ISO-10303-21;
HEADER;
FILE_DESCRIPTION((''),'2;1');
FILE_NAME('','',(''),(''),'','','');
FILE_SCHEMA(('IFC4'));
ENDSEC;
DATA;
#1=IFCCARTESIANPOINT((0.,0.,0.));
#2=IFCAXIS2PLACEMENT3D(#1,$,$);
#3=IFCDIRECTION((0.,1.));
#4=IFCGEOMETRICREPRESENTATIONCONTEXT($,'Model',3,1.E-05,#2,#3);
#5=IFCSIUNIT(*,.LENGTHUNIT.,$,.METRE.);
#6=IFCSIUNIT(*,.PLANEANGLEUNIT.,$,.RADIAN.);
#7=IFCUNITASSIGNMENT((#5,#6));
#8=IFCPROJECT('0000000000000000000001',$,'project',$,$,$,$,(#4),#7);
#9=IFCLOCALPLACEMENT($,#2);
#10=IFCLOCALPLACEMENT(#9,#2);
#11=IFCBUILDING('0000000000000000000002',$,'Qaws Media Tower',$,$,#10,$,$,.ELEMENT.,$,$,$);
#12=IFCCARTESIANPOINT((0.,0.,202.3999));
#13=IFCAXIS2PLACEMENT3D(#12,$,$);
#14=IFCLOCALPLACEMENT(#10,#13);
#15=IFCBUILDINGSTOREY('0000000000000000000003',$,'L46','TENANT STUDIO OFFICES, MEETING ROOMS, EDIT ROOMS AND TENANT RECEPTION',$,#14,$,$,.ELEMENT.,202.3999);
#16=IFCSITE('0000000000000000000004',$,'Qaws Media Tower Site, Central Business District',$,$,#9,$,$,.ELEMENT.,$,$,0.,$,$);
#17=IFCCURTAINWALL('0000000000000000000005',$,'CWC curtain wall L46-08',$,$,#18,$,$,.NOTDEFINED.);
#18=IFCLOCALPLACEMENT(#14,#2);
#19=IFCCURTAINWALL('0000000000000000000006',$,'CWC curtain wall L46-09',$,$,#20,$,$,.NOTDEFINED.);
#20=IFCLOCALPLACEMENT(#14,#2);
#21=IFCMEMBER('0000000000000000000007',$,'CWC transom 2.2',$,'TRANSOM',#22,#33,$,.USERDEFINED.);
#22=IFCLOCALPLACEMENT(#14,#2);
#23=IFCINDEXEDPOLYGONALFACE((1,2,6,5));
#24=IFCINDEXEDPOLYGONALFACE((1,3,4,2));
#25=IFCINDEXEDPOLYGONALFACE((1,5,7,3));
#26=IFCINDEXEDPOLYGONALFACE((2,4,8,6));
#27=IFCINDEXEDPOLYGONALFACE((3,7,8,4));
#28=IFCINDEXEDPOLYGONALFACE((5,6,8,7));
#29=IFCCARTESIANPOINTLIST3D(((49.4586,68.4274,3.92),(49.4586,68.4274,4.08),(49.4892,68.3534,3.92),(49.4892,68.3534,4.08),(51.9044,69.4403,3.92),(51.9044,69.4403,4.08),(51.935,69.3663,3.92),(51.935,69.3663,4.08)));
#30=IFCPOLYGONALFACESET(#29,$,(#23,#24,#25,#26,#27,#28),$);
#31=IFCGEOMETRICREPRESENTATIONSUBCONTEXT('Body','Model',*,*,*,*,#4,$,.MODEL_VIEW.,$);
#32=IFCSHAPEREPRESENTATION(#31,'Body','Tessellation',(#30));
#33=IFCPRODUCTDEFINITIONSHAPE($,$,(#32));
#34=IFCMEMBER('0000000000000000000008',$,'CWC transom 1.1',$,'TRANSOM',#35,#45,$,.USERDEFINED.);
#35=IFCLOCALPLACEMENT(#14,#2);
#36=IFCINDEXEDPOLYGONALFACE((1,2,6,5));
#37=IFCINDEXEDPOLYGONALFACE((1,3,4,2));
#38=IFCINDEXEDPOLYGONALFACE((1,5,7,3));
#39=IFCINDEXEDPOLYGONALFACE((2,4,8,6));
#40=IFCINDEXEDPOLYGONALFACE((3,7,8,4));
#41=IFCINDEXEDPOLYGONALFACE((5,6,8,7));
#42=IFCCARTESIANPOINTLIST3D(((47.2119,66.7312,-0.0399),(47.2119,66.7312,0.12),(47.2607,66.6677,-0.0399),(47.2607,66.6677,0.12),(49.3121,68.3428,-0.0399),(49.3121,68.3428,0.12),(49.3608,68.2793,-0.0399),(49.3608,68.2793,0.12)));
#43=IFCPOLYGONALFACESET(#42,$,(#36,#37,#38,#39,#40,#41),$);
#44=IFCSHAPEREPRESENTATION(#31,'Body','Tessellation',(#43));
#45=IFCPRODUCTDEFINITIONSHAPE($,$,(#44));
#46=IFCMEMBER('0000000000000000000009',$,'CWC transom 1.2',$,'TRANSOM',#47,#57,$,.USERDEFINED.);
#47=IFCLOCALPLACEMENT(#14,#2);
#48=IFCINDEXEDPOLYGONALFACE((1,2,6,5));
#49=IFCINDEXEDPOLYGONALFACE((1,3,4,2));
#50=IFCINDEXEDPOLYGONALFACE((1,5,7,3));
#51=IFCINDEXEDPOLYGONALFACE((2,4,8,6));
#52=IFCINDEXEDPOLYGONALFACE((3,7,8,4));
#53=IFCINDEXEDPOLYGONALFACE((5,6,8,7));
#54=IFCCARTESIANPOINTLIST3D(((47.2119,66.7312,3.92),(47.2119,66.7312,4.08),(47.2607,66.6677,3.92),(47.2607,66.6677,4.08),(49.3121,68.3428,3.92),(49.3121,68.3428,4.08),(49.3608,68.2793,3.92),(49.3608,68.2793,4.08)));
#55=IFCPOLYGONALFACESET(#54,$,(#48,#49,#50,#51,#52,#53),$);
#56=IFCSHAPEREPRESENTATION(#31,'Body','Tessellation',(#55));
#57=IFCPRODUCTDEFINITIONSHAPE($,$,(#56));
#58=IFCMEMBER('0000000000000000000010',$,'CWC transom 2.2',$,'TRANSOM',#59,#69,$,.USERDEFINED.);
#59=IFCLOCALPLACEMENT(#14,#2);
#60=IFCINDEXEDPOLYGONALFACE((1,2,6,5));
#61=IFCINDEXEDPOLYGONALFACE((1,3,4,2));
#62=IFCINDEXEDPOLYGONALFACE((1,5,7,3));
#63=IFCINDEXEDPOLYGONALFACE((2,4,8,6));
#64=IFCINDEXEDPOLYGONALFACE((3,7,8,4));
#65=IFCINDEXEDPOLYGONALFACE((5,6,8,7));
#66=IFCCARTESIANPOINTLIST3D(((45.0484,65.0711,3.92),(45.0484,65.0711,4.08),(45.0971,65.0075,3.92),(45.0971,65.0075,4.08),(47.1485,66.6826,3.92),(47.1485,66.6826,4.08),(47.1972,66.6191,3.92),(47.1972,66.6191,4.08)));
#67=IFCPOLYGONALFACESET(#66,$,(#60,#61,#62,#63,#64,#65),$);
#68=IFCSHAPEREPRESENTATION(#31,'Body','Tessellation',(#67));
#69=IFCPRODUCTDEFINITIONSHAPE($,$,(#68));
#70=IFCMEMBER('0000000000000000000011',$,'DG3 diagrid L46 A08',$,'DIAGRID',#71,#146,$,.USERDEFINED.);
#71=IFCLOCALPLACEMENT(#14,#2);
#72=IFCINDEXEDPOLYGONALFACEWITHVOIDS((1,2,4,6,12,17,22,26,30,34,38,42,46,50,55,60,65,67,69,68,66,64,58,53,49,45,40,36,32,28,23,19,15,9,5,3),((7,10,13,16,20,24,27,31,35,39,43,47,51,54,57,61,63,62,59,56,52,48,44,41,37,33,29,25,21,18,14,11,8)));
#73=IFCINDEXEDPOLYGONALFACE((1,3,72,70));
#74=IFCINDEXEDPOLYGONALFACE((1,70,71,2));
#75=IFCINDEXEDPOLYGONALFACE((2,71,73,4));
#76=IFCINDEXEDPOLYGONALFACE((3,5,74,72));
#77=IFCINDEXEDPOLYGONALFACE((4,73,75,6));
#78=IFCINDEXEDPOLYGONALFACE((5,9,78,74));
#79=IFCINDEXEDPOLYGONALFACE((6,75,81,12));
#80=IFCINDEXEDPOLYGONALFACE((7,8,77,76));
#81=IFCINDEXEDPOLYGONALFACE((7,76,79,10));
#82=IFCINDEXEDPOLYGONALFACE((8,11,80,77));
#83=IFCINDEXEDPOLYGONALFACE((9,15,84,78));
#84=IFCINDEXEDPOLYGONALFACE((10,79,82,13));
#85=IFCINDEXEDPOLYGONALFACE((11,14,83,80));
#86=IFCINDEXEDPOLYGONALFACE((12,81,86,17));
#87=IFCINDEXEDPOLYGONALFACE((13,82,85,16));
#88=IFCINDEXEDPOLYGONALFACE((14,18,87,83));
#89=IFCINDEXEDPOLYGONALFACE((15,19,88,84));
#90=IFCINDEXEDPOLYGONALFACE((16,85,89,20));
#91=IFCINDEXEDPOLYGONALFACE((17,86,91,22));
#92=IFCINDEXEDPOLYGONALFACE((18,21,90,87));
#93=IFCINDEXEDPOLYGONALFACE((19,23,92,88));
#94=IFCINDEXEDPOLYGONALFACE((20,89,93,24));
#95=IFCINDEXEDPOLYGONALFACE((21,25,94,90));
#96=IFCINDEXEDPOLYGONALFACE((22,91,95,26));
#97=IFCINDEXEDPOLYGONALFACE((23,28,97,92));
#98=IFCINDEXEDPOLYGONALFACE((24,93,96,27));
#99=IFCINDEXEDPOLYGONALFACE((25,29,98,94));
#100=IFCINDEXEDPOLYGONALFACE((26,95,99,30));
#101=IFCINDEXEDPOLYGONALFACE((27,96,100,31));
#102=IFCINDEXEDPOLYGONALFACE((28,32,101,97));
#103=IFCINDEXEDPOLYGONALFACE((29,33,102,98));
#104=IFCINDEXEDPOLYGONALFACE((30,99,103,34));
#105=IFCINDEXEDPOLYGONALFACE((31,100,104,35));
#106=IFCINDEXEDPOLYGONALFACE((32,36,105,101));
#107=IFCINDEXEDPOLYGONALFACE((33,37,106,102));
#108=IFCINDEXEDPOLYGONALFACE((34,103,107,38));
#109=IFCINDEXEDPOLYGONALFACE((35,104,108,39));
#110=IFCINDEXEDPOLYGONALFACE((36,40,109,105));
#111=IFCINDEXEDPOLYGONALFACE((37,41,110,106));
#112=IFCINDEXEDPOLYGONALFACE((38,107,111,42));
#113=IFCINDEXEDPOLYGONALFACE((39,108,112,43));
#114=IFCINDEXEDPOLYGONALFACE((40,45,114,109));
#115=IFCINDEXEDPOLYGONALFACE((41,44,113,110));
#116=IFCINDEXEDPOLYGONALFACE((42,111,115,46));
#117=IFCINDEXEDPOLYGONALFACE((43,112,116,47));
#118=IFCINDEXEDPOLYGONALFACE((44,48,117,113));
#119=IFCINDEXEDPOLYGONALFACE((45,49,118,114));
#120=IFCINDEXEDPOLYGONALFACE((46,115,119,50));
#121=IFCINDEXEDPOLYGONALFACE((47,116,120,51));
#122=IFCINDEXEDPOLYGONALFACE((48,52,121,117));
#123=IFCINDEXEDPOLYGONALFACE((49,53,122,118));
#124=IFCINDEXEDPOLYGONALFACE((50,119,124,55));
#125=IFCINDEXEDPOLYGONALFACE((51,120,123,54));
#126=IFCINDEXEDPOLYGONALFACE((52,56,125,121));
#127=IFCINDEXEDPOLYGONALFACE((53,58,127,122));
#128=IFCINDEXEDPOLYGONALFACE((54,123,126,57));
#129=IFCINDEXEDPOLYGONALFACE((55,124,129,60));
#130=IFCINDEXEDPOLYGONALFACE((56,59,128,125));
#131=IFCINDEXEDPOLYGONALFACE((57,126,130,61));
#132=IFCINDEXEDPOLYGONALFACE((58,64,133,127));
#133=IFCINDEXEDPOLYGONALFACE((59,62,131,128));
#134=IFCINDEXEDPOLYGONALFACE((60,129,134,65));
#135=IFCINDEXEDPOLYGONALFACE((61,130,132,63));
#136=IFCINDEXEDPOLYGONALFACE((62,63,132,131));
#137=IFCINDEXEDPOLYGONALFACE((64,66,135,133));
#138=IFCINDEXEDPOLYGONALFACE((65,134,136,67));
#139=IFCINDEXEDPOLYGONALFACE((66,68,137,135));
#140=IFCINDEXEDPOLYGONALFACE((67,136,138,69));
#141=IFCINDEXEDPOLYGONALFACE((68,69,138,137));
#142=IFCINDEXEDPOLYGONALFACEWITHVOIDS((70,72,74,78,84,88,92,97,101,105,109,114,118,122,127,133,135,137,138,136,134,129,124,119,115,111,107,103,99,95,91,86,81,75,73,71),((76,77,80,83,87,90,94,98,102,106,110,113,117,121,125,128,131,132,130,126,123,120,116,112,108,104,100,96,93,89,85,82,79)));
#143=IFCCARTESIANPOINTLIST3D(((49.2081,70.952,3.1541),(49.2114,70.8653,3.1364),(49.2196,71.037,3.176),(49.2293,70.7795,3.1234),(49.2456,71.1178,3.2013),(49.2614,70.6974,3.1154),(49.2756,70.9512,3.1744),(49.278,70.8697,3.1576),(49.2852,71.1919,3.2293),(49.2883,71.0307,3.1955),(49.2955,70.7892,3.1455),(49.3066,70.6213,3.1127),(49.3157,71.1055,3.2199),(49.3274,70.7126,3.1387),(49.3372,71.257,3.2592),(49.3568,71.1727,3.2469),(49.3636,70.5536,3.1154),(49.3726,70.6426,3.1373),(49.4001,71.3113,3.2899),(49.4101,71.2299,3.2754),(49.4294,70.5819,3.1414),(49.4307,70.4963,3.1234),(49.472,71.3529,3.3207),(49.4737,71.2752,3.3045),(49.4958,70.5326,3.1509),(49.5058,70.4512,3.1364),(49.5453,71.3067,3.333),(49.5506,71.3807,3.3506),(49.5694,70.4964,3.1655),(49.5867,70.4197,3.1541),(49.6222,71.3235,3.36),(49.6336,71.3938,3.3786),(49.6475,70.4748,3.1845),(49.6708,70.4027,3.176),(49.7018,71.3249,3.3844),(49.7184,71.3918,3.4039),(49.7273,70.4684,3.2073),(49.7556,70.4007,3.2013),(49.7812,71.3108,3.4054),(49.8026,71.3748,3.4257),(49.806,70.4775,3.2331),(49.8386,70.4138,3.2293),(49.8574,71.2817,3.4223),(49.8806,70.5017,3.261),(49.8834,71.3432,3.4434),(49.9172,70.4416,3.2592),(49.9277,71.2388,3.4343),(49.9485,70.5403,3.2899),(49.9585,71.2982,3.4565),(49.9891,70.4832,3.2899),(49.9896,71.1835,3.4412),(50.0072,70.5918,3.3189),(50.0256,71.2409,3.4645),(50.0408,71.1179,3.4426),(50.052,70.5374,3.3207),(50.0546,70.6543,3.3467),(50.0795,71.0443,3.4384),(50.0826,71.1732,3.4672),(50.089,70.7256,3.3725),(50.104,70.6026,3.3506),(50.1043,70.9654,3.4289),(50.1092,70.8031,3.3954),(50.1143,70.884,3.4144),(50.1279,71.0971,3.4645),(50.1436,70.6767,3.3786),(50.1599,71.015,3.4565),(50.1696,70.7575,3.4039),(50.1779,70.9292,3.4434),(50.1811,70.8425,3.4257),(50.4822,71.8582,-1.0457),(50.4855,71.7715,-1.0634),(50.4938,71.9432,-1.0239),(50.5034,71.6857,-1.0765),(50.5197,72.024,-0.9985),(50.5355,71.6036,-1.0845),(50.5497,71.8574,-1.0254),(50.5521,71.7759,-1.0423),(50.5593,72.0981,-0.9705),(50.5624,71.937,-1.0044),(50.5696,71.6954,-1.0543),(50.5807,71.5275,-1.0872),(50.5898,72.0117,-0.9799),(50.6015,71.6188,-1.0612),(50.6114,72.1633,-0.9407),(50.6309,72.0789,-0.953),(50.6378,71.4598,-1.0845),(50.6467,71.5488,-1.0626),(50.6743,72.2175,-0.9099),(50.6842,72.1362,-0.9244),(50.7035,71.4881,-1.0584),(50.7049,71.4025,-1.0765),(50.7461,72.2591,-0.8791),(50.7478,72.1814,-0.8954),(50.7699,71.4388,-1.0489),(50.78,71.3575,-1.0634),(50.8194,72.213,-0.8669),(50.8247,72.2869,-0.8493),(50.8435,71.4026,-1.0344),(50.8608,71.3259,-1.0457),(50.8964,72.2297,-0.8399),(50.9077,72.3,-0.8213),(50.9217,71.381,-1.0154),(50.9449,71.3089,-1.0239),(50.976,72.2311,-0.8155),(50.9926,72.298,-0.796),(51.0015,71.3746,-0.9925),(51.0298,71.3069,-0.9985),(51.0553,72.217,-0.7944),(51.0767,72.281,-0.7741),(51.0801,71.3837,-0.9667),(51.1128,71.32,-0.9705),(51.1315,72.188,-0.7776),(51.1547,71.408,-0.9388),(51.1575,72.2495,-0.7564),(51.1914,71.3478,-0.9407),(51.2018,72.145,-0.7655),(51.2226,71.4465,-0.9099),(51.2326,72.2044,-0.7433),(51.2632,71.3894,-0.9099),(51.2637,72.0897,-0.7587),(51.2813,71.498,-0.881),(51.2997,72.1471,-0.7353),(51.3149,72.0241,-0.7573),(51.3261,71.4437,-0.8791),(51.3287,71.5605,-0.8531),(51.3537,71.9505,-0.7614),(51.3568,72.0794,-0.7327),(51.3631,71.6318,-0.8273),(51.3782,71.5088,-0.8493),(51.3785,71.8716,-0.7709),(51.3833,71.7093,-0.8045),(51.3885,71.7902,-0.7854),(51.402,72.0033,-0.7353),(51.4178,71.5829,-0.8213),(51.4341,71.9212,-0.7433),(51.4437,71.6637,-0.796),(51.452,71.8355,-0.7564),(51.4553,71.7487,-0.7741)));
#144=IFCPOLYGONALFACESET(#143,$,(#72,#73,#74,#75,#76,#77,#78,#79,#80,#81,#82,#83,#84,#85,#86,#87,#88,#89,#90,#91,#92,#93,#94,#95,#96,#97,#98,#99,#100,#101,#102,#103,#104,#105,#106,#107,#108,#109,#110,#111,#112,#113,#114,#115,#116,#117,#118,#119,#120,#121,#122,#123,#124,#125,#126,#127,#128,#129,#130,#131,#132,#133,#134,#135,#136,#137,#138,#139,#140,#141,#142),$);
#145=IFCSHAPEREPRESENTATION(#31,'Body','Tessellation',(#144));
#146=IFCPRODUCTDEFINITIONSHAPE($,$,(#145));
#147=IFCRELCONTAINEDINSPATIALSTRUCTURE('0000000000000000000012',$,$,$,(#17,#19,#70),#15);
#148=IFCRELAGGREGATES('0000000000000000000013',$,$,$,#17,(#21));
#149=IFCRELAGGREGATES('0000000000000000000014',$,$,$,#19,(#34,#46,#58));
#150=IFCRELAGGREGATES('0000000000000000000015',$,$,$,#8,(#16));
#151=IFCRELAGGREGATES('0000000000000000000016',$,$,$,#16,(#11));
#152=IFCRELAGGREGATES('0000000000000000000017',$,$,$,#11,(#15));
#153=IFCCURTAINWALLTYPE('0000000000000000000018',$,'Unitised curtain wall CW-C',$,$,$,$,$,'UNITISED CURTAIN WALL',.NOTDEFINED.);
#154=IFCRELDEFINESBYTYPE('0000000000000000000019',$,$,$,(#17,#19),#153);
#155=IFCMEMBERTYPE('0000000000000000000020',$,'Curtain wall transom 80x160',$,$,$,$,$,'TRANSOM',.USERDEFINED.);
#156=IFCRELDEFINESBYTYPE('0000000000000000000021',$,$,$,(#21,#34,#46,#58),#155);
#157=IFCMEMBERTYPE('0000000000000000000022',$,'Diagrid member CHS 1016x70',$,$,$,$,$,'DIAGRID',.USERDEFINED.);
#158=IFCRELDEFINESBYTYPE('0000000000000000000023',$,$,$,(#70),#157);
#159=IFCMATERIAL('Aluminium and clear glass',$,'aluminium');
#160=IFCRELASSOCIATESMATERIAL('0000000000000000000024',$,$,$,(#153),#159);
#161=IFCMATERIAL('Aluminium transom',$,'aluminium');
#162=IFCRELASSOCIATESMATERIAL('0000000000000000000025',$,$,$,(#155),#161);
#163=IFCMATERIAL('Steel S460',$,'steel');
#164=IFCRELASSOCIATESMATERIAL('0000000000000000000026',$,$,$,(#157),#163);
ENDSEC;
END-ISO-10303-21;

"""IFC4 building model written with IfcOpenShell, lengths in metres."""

from ifc_helpers import new_model, si_unit, direction, frame, origin, origin_2d, place, context, subcontext, project, spatial, rectangle, hollow_circle, extrude, material, material_profile, profile_set, type_object, element, aggregate, save


model = new_model("IFC4")

# Units and contexts
model_context = context("Model", 3, precision=1e-05, world=origin(), true_north=direction((0.0, 1.0)))
body_context = subcontext(model_context, "Body", "Model", "MODEL_VIEW")
ifc_project = project(units=[si_unit("LENGTHUNIT", "METRE"), si_unit("PLANEANGLEUNIT", "RADIAN")], contexts=[model_context])

# Site, building, storey
site_placement = place(None, origin())
site = spatial("IfcSite", under=ifc_project, at=site_placement, Name="Qaws Media Tower Site, Central Business District", CompositionType="ELEMENT", RefElevation=0.0)
building_placement = place(site_placement, origin())
building = spatial("IfcBuilding", under=site, at=building_placement, Name="Qaws Media Tower", CompositionType="ELEMENT")
storey_placement = place(building_placement, frame((0.0, 0.0, 202.3999)))
storey = spatial("IfcBuildingStorey", under=building, at=storey_placement, Name="L46", Description="TENANT STUDIO OFFICES, MEETING ROOMS, EDIT ROOMS AND TENANT RECEPTION", CompositionType="ELEMENT", Elevation=202.3999)

# Curtain walls
ifc_material_1 = material(Name="Aluminium and clear glass", Category="aluminium")
curtain_wall_type = type_object("IfcCurtainWallType", Name="Unitised curtain wall CW-C", ElementType="UNITISED CURTAIN WALL", PredefinedType="NOTDEFINED", material=ifc_material_1)
curtain_wall_1_placement = place(storey_placement, origin())
curtain_wall_1 = element("IfcCurtainWall", 1, at=curtain_wall_1_placement, inside=storey, type_object=curtain_wall_type, Name="CWC curtain wall L46-08", PredefinedType="NOTDEFINED")
curtain_wall_2_placement = place(storey_placement, origin())
curtain_wall_2 = element("IfcCurtainWall", 2, at=curtain_wall_2_placement, inside=storey, type_object=curtain_wall_type, Name="CWC curtain wall L46-09", PredefinedType="NOTDEFINED")

# Members
ifc_material_2 = material(Name="Aluminium transom", Category="aluminium")
ifc_material_profile_1 = material_profile(ifc_material_2, rectangle(XDim=0.0801, YDim=0.1599, at=origin_2d()), Name="80x160")
ifc_profile_set_1 = profile_set([ifc_material_profile_1], Name="Aluminium transom")
member_type_1 = type_object("IfcMemberType", Name="Curtain wall transom 80x160", ElementType="TRANSOM", PredefinedType="USERDEFINED", material=ifc_profile_set_1)
member_1_placement = place(storey_placement, frame((51.9197, 69.4033, 4.0), z_axis=(-0.923899, -0.382637, 0.0), x_axis=(0.382637, -0.923899, 0.0)))
member_1 = element("IfcMember", 3, at=member_1_placement, type_object=member_type_1, Name="CWC transom 2.2", ObjectType="TRANSOM", PredefinedType="USERDEFINED", context=body_context, shape_type="SweptSolid", body=[
    extrude(rectangle(XDim=0.0801, YDim=0.1599, at=origin_2d()), origin(), (0.0, 0.0, 1.0), 2.6472),
])
member_2_placement = place(storey_placement, frame((49.3364, 68.311, 0.04), z_axis=(-0.793333, -0.608788, 0.0), x_axis=(0.608788, -0.793333, 0.0)))
member_2 = element("IfcMember", 4, at=member_2_placement, type_object=member_type_1, Name="CWC transom 1.1", ObjectType="TRANSOM", PredefinedType="USERDEFINED", context=body_context, shape_type="SweptSolid", body=[
    extrude(rectangle(XDim=0.0801, YDim=0.1599, at=origin_2d()), origin(), (0.0, 0.0, 1.0), 2.6472),
])
member_3_placement = place(storey_placement, frame((49.3364, 68.311, 4.0), z_axis=(-0.793333, -0.608788, 0.0), x_axis=(0.608788, -0.793333, 0.0)))
member_3 = element("IfcMember", 5, at=member_3_placement, type_object=member_type_1, Name="CWC transom 1.2", ObjectType="TRANSOM", PredefinedType="USERDEFINED", context=body_context, shape_type="SweptSolid", body=[
    extrude(rectangle(XDim=0.0801, YDim=0.1599, at=origin_2d()), origin(), (0.0, 0.0, 1.0), 2.6472),
])
member_4_placement = place(storey_placement, frame((47.1729, 66.6509, 4.0), z_axis=(-0.793333, -0.608788, 0.0), x_axis=(0.608788, -0.793333, 0.0)))
member_4 = element("IfcMember", 6, at=member_4_placement, type_object=member_type_1, Name="CWC transom 2.2", ObjectType="TRANSOM", PredefinedType="USERDEFINED", context=body_context, shape_type="SweptSolid", body=[
    extrude(rectangle(XDim=0.0801, YDim=0.1599, at=origin_2d()), origin(), (0.0, 0.0, 1.0), 2.6472),
])

# Member
ifc_material_3 = material(Name="Steel S460", Category="steel")
ifc_material_profile_2 = material_profile(ifc_material_3, hollow_circle(Radius=0.5081, WallThickness=0.0701, at=origin_2d()), Name="CHS 1016x70")
ifc_profile_set_2 = profile_set([ifc_material_profile_2], Name="Steel S460")
member_type_2 = type_object("IfcMemberType", Name="Diagrid member CHS 1016x70", ElementType="DIAGRID", PredefinedType="USERDEFINED", material=ifc_profile_set_2)
for number, where, z_axis, x_axis, name in (
    (7, (50.9688, 71.8035, -0.9099), (-0.284314, -0.202217, 0.937163), (0.579598, -0.814903, 0.0), "DG3 diagrid L46 A08"),
):
    element("IfcMember", number, at=place(storey_placement, frame(where, z_axis=z_axis, x_axis=x_axis)), inside=storey, type_object=member_type_2, Name=name, ObjectType="DIAGRID", PredefinedType="USERDEFINED", context=body_context, shape_type="SweptSolid", body=[
        extrude(hollow_circle(Radius=0.5081, WallThickness=0.0701, at=origin_2d()), origin(), (0.0, 0.0, 1.0), 4.4814),
    ])

aggregate(curtain_wall_1, [member_1])
aggregate(curtain_wall_2, [member_2, member_3, member_4])

save(model, "model.ifc")
